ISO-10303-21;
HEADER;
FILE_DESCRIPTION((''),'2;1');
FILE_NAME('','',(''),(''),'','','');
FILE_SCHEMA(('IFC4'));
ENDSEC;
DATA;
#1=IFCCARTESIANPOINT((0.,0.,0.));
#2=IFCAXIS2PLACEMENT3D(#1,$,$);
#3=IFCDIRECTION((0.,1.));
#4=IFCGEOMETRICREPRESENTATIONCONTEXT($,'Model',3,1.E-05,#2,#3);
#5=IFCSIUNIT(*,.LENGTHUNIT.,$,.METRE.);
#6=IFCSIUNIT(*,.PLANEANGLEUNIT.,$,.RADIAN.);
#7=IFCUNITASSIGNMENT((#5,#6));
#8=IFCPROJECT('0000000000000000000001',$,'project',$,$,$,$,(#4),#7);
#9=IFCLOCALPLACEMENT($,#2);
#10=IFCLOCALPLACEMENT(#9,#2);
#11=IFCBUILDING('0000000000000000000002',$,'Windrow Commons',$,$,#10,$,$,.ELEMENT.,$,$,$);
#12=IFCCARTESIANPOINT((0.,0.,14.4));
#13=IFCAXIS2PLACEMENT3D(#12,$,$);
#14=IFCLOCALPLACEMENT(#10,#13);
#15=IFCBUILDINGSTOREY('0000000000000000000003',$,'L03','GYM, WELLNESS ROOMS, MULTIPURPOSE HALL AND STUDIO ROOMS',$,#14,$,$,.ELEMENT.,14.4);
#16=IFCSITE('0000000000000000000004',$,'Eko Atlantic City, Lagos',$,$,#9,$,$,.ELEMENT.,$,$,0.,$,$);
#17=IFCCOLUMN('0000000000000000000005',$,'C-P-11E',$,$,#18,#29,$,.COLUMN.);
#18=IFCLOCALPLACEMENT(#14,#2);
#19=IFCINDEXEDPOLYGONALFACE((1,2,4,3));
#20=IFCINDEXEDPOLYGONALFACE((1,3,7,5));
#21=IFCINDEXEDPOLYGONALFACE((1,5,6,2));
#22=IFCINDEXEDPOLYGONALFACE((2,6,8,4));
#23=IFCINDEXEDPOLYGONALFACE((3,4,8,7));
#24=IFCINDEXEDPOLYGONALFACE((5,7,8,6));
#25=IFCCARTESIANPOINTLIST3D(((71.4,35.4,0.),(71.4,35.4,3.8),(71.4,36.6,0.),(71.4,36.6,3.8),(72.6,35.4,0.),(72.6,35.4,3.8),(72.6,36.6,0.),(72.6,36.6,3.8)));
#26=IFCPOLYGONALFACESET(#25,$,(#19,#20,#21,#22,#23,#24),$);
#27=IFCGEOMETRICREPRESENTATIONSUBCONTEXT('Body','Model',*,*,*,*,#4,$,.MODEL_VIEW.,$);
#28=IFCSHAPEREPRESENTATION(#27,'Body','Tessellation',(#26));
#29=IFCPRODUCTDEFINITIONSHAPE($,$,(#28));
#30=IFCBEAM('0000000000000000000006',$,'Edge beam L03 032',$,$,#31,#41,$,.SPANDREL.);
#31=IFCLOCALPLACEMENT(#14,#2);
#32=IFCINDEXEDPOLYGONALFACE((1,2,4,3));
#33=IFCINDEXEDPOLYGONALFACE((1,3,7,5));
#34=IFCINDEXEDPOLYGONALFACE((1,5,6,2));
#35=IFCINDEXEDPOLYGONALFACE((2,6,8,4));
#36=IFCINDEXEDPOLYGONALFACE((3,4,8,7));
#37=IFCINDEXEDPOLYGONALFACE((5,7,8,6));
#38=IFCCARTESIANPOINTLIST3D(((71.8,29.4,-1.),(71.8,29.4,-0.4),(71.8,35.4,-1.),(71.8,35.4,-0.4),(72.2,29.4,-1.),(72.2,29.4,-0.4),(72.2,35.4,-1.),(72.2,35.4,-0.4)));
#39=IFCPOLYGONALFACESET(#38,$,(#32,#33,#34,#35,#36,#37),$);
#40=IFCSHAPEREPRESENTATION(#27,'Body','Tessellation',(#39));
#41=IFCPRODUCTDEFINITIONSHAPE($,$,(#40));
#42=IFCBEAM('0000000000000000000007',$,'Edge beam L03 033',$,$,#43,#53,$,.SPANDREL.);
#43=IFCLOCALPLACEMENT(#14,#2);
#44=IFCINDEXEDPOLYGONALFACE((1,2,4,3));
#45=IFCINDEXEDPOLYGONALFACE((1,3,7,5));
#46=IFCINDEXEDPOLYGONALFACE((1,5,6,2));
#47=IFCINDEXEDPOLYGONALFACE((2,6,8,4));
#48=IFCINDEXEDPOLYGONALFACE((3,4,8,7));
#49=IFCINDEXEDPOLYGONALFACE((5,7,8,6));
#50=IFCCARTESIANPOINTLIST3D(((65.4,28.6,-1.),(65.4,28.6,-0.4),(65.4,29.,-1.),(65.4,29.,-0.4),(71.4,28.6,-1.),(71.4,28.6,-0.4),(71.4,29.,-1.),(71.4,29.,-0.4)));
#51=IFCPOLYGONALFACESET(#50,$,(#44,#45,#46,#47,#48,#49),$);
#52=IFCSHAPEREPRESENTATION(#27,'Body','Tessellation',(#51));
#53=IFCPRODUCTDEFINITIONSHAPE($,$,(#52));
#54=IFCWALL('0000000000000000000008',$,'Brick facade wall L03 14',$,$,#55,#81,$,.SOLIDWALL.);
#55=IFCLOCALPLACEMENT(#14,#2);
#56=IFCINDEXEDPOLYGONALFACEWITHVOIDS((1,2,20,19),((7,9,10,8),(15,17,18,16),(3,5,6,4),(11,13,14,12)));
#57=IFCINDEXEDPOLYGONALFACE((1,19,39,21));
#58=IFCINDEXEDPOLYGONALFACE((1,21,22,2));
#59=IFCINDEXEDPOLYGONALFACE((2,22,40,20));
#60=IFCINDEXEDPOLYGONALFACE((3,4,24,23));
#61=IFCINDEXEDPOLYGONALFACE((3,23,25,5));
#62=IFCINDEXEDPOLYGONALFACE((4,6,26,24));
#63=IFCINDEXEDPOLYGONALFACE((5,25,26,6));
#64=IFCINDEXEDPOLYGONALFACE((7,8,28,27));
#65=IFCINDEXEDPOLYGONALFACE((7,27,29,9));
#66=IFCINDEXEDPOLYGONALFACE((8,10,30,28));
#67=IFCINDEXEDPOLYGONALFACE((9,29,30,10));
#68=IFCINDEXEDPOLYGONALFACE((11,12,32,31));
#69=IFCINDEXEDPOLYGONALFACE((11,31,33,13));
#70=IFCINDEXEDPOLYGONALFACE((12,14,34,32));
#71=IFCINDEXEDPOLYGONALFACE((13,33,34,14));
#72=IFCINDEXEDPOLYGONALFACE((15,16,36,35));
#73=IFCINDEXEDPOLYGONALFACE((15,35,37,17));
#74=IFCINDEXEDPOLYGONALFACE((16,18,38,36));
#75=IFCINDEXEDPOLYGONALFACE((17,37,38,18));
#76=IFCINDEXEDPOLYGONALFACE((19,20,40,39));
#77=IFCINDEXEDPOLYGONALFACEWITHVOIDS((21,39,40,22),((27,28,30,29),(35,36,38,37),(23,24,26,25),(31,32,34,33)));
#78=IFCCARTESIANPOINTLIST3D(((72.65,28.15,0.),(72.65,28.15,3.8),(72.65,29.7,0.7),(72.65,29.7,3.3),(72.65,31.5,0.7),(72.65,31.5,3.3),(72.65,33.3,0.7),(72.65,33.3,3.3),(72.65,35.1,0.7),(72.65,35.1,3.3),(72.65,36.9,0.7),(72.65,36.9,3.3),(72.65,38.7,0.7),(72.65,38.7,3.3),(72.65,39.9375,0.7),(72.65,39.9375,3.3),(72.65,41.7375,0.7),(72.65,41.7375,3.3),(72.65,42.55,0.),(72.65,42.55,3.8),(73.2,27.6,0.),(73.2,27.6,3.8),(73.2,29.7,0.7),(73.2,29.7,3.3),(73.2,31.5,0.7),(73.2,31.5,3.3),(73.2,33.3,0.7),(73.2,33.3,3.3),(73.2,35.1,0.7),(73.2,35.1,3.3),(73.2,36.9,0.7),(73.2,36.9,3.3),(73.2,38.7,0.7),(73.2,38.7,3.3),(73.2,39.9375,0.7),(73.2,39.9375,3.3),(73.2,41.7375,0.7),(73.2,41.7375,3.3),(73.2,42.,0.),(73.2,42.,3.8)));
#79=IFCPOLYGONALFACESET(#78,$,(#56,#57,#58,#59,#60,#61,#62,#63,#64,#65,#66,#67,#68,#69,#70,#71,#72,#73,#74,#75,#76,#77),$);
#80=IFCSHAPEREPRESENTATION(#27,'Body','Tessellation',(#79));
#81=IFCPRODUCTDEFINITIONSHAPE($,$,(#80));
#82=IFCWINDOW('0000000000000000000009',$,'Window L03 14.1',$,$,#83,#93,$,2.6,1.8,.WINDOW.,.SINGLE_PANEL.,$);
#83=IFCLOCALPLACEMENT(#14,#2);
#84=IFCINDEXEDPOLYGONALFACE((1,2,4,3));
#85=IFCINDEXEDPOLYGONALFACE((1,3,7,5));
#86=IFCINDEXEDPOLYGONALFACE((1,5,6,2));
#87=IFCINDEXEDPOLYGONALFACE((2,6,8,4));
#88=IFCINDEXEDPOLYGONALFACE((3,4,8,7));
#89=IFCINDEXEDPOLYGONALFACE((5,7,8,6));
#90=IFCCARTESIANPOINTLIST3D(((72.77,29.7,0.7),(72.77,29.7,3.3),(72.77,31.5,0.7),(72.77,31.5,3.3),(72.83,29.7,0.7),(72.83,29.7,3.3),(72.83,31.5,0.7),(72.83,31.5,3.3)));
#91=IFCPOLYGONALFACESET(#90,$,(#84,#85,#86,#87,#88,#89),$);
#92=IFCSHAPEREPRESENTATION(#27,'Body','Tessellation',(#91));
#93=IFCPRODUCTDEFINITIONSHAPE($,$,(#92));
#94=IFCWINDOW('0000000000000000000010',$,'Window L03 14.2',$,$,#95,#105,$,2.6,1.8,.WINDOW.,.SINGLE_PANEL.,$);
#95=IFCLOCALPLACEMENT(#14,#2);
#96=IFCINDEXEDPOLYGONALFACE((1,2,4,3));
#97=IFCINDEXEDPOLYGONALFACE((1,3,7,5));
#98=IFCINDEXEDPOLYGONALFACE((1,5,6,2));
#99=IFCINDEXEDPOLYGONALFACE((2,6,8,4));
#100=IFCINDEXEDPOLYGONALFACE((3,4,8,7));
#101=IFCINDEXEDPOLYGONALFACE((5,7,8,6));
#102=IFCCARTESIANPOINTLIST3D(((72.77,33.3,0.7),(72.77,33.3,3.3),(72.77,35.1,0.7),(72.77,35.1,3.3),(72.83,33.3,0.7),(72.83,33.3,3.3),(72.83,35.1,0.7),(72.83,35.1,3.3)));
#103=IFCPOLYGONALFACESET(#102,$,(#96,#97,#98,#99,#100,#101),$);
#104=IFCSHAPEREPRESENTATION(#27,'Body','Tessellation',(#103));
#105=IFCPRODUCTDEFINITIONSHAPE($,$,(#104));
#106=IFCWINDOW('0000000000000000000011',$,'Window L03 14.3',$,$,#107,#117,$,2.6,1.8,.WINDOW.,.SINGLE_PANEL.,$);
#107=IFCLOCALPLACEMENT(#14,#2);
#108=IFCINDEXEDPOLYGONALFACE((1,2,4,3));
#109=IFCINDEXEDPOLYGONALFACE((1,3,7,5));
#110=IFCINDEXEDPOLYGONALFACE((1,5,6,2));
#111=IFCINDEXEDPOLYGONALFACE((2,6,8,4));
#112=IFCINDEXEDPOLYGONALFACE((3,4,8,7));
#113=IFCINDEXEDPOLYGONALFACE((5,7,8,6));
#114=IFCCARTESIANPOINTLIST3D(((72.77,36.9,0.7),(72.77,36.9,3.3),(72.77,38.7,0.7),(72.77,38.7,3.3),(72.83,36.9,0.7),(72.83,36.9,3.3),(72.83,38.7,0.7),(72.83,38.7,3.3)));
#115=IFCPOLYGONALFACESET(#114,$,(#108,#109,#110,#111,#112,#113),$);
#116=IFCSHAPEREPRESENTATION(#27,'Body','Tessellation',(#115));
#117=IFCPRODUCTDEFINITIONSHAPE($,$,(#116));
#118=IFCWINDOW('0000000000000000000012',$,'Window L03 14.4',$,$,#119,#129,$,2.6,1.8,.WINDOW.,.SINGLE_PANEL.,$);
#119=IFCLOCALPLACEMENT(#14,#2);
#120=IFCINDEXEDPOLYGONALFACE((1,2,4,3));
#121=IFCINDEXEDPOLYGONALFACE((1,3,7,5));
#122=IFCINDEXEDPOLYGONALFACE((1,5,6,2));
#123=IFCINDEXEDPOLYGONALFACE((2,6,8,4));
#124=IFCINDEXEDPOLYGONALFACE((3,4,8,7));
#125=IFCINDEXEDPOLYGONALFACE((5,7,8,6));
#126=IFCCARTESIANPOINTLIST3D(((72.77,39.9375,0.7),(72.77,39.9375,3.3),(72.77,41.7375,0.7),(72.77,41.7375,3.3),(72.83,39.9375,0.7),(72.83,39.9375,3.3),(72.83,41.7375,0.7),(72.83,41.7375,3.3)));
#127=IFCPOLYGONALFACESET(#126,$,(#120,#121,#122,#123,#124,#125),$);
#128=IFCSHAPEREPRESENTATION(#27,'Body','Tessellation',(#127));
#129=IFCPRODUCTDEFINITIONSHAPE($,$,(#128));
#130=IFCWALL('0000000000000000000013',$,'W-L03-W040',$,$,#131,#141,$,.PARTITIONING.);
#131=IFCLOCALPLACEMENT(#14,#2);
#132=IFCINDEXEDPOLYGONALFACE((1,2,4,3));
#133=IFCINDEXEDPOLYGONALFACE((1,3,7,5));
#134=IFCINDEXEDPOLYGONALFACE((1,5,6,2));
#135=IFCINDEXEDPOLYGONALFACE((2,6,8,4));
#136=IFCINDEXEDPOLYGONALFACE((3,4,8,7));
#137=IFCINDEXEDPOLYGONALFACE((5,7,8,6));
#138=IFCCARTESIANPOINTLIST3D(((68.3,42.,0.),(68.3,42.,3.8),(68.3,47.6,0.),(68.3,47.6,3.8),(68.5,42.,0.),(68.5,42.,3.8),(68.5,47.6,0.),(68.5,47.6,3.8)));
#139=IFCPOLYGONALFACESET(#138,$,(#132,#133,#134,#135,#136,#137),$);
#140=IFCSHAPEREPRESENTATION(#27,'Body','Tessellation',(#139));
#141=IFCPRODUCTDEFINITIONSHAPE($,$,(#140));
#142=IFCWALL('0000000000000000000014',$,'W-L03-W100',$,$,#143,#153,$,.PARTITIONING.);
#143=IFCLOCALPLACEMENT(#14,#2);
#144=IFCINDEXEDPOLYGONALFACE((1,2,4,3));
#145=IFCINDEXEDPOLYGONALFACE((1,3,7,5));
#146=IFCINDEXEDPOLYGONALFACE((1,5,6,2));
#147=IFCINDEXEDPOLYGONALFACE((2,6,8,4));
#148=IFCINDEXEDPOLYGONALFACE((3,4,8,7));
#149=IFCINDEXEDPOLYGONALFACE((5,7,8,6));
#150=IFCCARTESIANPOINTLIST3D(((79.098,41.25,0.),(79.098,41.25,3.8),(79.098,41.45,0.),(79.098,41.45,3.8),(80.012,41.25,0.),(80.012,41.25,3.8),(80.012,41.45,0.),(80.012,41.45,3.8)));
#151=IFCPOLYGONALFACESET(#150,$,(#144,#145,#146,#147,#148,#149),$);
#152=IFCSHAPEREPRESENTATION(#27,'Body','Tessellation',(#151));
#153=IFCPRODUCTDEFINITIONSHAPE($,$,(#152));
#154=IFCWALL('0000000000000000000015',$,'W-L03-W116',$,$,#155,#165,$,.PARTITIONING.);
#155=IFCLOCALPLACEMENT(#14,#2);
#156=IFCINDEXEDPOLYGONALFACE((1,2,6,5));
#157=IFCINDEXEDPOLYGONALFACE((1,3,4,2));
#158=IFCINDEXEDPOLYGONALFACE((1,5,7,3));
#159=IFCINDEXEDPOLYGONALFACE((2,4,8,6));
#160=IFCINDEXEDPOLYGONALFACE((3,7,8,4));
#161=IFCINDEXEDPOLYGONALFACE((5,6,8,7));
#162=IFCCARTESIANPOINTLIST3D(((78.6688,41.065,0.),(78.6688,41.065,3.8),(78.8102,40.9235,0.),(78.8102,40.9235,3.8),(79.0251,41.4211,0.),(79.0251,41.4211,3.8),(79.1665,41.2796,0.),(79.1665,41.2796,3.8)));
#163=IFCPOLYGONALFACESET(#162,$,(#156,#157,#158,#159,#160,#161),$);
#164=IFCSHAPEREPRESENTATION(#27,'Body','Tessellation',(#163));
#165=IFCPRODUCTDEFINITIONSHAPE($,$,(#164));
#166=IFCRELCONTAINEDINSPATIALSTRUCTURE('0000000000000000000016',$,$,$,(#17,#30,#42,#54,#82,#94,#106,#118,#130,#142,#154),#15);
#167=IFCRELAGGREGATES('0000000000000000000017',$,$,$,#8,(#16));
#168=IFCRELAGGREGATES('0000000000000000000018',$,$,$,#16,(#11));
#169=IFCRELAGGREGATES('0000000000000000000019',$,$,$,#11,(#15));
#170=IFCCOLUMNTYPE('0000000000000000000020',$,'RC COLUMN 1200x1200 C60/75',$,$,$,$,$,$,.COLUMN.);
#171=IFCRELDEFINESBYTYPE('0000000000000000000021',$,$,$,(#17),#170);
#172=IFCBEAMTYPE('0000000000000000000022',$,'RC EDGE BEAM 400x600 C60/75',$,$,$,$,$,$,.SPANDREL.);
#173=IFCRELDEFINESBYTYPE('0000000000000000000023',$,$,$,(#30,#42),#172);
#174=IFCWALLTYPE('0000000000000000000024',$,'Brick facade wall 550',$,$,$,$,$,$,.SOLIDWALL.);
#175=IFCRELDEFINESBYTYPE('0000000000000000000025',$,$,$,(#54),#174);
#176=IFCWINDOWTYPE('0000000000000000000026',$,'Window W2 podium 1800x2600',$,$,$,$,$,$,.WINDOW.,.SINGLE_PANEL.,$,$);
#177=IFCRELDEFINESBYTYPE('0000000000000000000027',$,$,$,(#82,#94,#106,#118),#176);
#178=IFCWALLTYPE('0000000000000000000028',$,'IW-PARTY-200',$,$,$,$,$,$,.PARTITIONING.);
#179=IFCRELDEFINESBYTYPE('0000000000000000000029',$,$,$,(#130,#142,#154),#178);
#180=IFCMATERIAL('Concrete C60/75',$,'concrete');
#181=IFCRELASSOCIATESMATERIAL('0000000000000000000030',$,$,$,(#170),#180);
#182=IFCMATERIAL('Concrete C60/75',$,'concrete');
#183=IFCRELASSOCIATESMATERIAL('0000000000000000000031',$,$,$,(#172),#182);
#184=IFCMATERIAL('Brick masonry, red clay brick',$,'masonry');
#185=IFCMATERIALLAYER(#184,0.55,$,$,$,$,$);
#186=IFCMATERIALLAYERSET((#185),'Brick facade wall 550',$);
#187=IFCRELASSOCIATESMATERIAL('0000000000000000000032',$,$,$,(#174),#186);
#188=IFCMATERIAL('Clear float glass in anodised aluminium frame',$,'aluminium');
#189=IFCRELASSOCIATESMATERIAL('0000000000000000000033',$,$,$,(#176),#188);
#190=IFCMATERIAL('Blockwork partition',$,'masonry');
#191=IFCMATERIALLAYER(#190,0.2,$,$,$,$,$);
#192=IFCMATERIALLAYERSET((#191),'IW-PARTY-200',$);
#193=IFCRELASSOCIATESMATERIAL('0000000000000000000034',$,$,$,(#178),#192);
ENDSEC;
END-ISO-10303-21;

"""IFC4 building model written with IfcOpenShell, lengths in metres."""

from ifc_helpers import new_model, si_unit, direction, frame, frame_2d, origin, origin_2d, place, context, subcontext, project, spatial, polyline, rectangle, outline, extrude, material, layer, layer_set, material_profile, profile_set, type_object, element, fill, save


model = new_model("IFC4")

# Units and contexts
model_context = context("Model", 3, precision=1e-05, world=origin(), true_north=direction((0.0, 1.0)))
body_context = subcontext(model_context, "Body", "Model", "MODEL_VIEW")
ifc_project = project(units=[si_unit("LENGTHUNIT", "METRE"), si_unit("PLANEANGLEUNIT", "RADIAN")], contexts=[model_context])

# Site, building, storey
site_placement = place(None, origin())
site = spatial("IfcSite", under=ifc_project, at=site_placement, Name="Eko Atlantic City, Lagos", CompositionType="ELEMENT", RefElevation=0.0)
building_placement = place(site_placement, origin())
building = spatial("IfcBuilding", under=site, at=building_placement, Name="Windrow Commons", CompositionType="ELEMENT")
storey_placement = place(building_placement, frame((0.0, 0.0, 14.4)))
storey = spatial("IfcBuildingStorey", under=building, at=storey_placement, Name="L03", Description="GYM, WELLNESS ROOMS, MULTIPURPOSE HALL AND STUDIO ROOMS", CompositionType="ELEMENT", Elevation=14.4)

# Column
ifc_material_1 = material(Name="Concrete C60/75", Category="concrete")
ifc_material_profile_1 = material_profile(ifc_material_1, rectangle(XDim=1.2, YDim=1.2, at=origin_2d()))
ifc_profile_set_1 = profile_set([ifc_material_profile_1], Name="Concrete C60/75")
column_type = type_object("IfcColumnType", Name="RC COLUMN 1200x1200 C60/75", PredefinedType="COLUMN", material=ifc_profile_set_1)
column_placement = place(storey_placement, frame((72.0, 36.0, 0.0), z_axis=(0.0, 0.0, 1.0), x_axis=(1.0, 0.0, 0.0)))
element("IfcColumn", 1, at=column_placement, inside=storey, type_object=column_type, Name="C-P-11E", PredefinedType="COLUMN", context=body_context, shape_type="SweptSolid", body=[
    extrude(rectangle(XDim=1.2, YDim=1.2, at=origin_2d()), origin(), (0.0, 0.0, 1.0), 3.8),
])

# Beams
ifc_material_2 = material(Name="Concrete C60/75", Category="concrete")
ifc_material_profile_2 = material_profile(ifc_material_2, rectangle(XDim=0.4, YDim=0.6, at=origin_2d()))
ifc_profile_set_2 = profile_set([ifc_material_profile_2], Name="Concrete C60/75")
beam_type = type_object("IfcBeamType", Name="RC EDGE BEAM 400x600 C60/75", PredefinedType="SPANDREL", material=ifc_profile_set_2)
for number, where, z_axis, x_axis, name in (
    (2, (72.0, 35.4, -0.7), (0.0, -1.0, 0.0), (1.0, 0.0, 0.0), "Edge beam L03 032"),
    (3, (71.4, 28.8, -0.7), (-1.0, 0.0, 0.0), (0.0, -1.0, 0.0), "Edge beam L03 033"),
):
    element("IfcBeam", number, at=place(storey_placement, frame(where, z_axis=z_axis, x_axis=x_axis)), inside=storey, type_object=beam_type, Name=name, PredefinedType="SPANDREL", context=body_context, shape_type="SweptSolid", body=[
        extrude(rectangle(XDim=0.4, YDim=0.6, at=origin_2d()), origin(), (0.0, 0.0, 1.0), 6.0),
    ])

# Wall, openings, windows
ifc_material_3 = material(Name="Brick masonry, red clay brick", Category="masonry")
ifc_layer_1 = layer(ifc_material_3, 0.55)
ifc_layer_set_1 = layer_set([ifc_layer_1], Name="Brick facade wall 550")
wall_type_1 = type_object("IfcWallType", Name="Brick facade wall 550", PredefinedType="SOLIDWALL", material=ifc_layer_set_1)
wall_1_placement = place(storey_placement, frame((72.925, 27.875, 0.0), z_axis=(0.0, 0.0, 1.0), x_axis=(0.0, 1.0, 0.0)))
wall_1 = element("IfcWall", 4, at=wall_1_placement, inside=storey, type_object=wall_type_1, Name="Brick facade wall L03 14", PredefinedType="SOLIDWALL", context=body_context, shape_type="SweptSolid", body=[
    extrude(outline(polyline([(-0.275, -0.275), (14.125, -0.275), (14.675, 0.275), (0.275, 0.275), (-0.275, -0.275)])), origin(), (0.0, 0.0, 1.0), 3.8),
])
opening_1_placement = place(wall_1_placement, frame((1.825, 0.0, 0.7)))
opening_1 = element("IfcOpeningElement", 5, at=opening_1_placement, cuts=wall_1, PredefinedType="OPENING", context=body_context, shape_type="SweptSolid", body=[
    extrude(rectangle(XDim=1.8, YDim=2.6, at=frame_2d((0.9, 1.3))), frame((0.0, 0.285, 0.0), z_axis=(0.0, -1.0, 0.0), x_axis=(1.0, 0.0, 0.0)), (0.0, 0.0, 1.0), 0.57),
])
opening_2_placement = place(wall_1_placement, frame((5.425, 0.0, 0.7)))
opening_2 = element("IfcOpeningElement", 6, at=opening_2_placement, cuts=wall_1, PredefinedType="OPENING", context=body_context, shape_type="SweptSolid", body=[
    extrude(rectangle(XDim=1.8, YDim=2.6, at=frame_2d((0.9, 1.3))), frame((0.0, 0.285, 0.0), z_axis=(0.0, -1.0, 0.0), x_axis=(1.0, 0.0, 0.0)), (0.0, 0.0, 1.0), 0.57),
])
opening_3_placement = place(wall_1_placement, frame((9.025, 0.0, 0.7)))
opening_3 = element("IfcOpeningElement", 7, at=opening_3_placement, cuts=wall_1, PredefinedType="OPENING", context=body_context, shape_type="SweptSolid", body=[
    extrude(rectangle(XDim=1.8, YDim=2.6, at=frame_2d((0.9, 1.3))), frame((0.0, 0.285, 0.0), z_axis=(0.0, -1.0, 0.0), x_axis=(1.0, 0.0, 0.0)), (0.0, 0.0, 1.0), 0.57),
])
opening_4_placement = place(wall_1_placement, frame((12.0625, 0.0, 0.7)))
opening_4 = element("IfcOpeningElement", 8, at=opening_4_placement, cuts=wall_1, PredefinedType="OPENING", context=body_context, shape_type="SweptSolid", body=[
    extrude(rectangle(XDim=1.8, YDim=2.6, at=frame_2d((0.9, 1.3))), frame((0.0, 0.285, 0.0), z_axis=(0.0, -1.0, 0.0), x_axis=(1.0, 0.0, 0.0)), (0.0, 0.0, 1.0), 0.57),
])
ifc_material_4 = material(Name="Clear float glass in anodised aluminium frame", Category="aluminium")
window_type = type_object("IfcWindowType", Name="Window W2 podium 1800x2600", PartitioningType="SINGLE_PANEL", PredefinedType="WINDOW", material=ifc_material_4)
window_1_placement = place(opening_1_placement, origin())
window_1 = element("IfcWindow", 9, at=window_1_placement, inside=storey, type_object=window_type, Name="Window L03 14.1", OverallHeight=2.6, OverallWidth=1.8, PartitioningType="SINGLE_PANEL", PredefinedType="WINDOW", context=body_context, shape_type="SweptSolid", body=[
    extrude(rectangle(XDim=1.8, YDim=2.6, at=frame_2d((0.9, 1.3))), frame((0.0, 0.155, 0.0), z_axis=(0.0, -1.0, 0.0), x_axis=(1.0, 0.0, 0.0)), (0.0, 0.0, 1.0), 0.06),
])
fill(opening_1, window_1)
window_2_placement = place(opening_2_placement, origin())
window_2 = element("IfcWindow", 10, at=window_2_placement, inside=storey, type_object=window_type, Name="Window L03 14.2", OverallHeight=2.6, OverallWidth=1.8, PartitioningType="SINGLE_PANEL", PredefinedType="WINDOW", context=body_context, shape_type="SweptSolid", body=[
    extrude(rectangle(XDim=1.8, YDim=2.6, at=frame_2d((0.9, 1.3))), frame((0.0, 0.155, 0.0), z_axis=(0.0, -1.0, 0.0), x_axis=(1.0, 0.0, 0.0)), (0.0, 0.0, 1.0), 0.06),
])
fill(opening_2, window_2)
window_3_placement = place(opening_3_placement, origin())
window_3 = element("IfcWindow", 11, at=window_3_placement, inside=storey, type_object=window_type, Name="Window L03 14.3", OverallHeight=2.6, OverallWidth=1.8, PartitioningType="SINGLE_PANEL", PredefinedType="WINDOW", context=body_context, shape_type="SweptSolid", body=[
    extrude(rectangle(XDim=1.8, YDim=2.6, at=frame_2d((0.9, 1.3))), frame((0.0, 0.155, 0.0), z_axis=(0.0, -1.0, 0.0), x_axis=(1.0, 0.0, 0.0)), (0.0, 0.0, 1.0), 0.06),
])
fill(opening_3, window_3)
window_4_placement = place(opening_4_placement, origin())
window_4 = element("IfcWindow", 12, at=window_4_placement, inside=storey, type_object=window_type, Name="Window L03 14.4", OverallHeight=2.6, OverallWidth=1.8, PartitioningType="SINGLE_PANEL", PredefinedType="WINDOW", context=body_context, shape_type="SweptSolid", body=[
    extrude(rectangle(XDim=1.8, YDim=2.6, at=frame_2d((0.9, 1.3))), frame((0.0, 0.155, 0.0), z_axis=(0.0, -1.0, 0.0), x_axis=(1.0, 0.0, 0.0)), (0.0, 0.0, 1.0), 0.06),
])
fill(opening_4, window_4)

# Walls
ifc_material_5 = material(Name="Blockwork partition", Category="masonry")
ifc_layer_2 = layer(ifc_material_5, 0.2)
ifc_layer_set_2 = layer_set([ifc_layer_2], Name="IW-PARTY-200")
wall_type_2 = type_object("IfcWallType", Name="IW-PARTY-200", PredefinedType="PARTITIONING", material=ifc_layer_set_2)
wall_2_placement = place(storey_placement, frame((68.4, 42.0, 0.0), z_axis=(0.0, 0.0, 1.0), x_axis=(0.0, 1.0, 0.0)))
element("IfcWall", 13, at=wall_2_placement, inside=storey, type_object=wall_type_2, Name="W-L03-W040", PredefinedType="PARTITIONING", context=body_context, shape_type="SweptSolid", body=[
    extrude(rectangle(XDim=5.6, YDim=0.2, at=frame_2d((2.8, 0.0))), origin(), (0.0, 0.0, 1.0), 3.8),
])
wall_3_placement = place(storey_placement, frame((79.098, 41.35, 0.0), z_axis=(0.0, 0.0, 1.0), x_axis=(1.0, 0.0, 0.0)))
element("IfcWall", 14, at=wall_3_placement, inside=storey, type_object=wall_type_2, Name="W-L03-W100", PredefinedType="PARTITIONING", context=body_context, shape_type="SweptSolid", body=[
    extrude(rectangle(XDim=0.914, YDim=0.2, at=frame_2d((0.457, 0.0))), origin(), (0.0, 0.0, 1.0), 3.8),
])
wall_4_placement = place(storey_placement, frame((78.7395, 40.9942, 0.0), z_axis=(0.0, 0.0, 1.0), x_axis=(0.707206, 0.707008, 0.0)))
element("IfcWall", 15, at=wall_4_placement, inside=storey, type_object=wall_type_2, Name="W-L03-W116", PredefinedType="PARTITIONING", context=body_context, shape_type="SweptSolid", body=[
    extrude(rectangle(XDim=0.5037, YDim=0.2, at=frame_2d((0.2519, 0.0))), origin(), (0.0, 0.0, 1.0), 3.8),
])

save(model, "model.ifc")
